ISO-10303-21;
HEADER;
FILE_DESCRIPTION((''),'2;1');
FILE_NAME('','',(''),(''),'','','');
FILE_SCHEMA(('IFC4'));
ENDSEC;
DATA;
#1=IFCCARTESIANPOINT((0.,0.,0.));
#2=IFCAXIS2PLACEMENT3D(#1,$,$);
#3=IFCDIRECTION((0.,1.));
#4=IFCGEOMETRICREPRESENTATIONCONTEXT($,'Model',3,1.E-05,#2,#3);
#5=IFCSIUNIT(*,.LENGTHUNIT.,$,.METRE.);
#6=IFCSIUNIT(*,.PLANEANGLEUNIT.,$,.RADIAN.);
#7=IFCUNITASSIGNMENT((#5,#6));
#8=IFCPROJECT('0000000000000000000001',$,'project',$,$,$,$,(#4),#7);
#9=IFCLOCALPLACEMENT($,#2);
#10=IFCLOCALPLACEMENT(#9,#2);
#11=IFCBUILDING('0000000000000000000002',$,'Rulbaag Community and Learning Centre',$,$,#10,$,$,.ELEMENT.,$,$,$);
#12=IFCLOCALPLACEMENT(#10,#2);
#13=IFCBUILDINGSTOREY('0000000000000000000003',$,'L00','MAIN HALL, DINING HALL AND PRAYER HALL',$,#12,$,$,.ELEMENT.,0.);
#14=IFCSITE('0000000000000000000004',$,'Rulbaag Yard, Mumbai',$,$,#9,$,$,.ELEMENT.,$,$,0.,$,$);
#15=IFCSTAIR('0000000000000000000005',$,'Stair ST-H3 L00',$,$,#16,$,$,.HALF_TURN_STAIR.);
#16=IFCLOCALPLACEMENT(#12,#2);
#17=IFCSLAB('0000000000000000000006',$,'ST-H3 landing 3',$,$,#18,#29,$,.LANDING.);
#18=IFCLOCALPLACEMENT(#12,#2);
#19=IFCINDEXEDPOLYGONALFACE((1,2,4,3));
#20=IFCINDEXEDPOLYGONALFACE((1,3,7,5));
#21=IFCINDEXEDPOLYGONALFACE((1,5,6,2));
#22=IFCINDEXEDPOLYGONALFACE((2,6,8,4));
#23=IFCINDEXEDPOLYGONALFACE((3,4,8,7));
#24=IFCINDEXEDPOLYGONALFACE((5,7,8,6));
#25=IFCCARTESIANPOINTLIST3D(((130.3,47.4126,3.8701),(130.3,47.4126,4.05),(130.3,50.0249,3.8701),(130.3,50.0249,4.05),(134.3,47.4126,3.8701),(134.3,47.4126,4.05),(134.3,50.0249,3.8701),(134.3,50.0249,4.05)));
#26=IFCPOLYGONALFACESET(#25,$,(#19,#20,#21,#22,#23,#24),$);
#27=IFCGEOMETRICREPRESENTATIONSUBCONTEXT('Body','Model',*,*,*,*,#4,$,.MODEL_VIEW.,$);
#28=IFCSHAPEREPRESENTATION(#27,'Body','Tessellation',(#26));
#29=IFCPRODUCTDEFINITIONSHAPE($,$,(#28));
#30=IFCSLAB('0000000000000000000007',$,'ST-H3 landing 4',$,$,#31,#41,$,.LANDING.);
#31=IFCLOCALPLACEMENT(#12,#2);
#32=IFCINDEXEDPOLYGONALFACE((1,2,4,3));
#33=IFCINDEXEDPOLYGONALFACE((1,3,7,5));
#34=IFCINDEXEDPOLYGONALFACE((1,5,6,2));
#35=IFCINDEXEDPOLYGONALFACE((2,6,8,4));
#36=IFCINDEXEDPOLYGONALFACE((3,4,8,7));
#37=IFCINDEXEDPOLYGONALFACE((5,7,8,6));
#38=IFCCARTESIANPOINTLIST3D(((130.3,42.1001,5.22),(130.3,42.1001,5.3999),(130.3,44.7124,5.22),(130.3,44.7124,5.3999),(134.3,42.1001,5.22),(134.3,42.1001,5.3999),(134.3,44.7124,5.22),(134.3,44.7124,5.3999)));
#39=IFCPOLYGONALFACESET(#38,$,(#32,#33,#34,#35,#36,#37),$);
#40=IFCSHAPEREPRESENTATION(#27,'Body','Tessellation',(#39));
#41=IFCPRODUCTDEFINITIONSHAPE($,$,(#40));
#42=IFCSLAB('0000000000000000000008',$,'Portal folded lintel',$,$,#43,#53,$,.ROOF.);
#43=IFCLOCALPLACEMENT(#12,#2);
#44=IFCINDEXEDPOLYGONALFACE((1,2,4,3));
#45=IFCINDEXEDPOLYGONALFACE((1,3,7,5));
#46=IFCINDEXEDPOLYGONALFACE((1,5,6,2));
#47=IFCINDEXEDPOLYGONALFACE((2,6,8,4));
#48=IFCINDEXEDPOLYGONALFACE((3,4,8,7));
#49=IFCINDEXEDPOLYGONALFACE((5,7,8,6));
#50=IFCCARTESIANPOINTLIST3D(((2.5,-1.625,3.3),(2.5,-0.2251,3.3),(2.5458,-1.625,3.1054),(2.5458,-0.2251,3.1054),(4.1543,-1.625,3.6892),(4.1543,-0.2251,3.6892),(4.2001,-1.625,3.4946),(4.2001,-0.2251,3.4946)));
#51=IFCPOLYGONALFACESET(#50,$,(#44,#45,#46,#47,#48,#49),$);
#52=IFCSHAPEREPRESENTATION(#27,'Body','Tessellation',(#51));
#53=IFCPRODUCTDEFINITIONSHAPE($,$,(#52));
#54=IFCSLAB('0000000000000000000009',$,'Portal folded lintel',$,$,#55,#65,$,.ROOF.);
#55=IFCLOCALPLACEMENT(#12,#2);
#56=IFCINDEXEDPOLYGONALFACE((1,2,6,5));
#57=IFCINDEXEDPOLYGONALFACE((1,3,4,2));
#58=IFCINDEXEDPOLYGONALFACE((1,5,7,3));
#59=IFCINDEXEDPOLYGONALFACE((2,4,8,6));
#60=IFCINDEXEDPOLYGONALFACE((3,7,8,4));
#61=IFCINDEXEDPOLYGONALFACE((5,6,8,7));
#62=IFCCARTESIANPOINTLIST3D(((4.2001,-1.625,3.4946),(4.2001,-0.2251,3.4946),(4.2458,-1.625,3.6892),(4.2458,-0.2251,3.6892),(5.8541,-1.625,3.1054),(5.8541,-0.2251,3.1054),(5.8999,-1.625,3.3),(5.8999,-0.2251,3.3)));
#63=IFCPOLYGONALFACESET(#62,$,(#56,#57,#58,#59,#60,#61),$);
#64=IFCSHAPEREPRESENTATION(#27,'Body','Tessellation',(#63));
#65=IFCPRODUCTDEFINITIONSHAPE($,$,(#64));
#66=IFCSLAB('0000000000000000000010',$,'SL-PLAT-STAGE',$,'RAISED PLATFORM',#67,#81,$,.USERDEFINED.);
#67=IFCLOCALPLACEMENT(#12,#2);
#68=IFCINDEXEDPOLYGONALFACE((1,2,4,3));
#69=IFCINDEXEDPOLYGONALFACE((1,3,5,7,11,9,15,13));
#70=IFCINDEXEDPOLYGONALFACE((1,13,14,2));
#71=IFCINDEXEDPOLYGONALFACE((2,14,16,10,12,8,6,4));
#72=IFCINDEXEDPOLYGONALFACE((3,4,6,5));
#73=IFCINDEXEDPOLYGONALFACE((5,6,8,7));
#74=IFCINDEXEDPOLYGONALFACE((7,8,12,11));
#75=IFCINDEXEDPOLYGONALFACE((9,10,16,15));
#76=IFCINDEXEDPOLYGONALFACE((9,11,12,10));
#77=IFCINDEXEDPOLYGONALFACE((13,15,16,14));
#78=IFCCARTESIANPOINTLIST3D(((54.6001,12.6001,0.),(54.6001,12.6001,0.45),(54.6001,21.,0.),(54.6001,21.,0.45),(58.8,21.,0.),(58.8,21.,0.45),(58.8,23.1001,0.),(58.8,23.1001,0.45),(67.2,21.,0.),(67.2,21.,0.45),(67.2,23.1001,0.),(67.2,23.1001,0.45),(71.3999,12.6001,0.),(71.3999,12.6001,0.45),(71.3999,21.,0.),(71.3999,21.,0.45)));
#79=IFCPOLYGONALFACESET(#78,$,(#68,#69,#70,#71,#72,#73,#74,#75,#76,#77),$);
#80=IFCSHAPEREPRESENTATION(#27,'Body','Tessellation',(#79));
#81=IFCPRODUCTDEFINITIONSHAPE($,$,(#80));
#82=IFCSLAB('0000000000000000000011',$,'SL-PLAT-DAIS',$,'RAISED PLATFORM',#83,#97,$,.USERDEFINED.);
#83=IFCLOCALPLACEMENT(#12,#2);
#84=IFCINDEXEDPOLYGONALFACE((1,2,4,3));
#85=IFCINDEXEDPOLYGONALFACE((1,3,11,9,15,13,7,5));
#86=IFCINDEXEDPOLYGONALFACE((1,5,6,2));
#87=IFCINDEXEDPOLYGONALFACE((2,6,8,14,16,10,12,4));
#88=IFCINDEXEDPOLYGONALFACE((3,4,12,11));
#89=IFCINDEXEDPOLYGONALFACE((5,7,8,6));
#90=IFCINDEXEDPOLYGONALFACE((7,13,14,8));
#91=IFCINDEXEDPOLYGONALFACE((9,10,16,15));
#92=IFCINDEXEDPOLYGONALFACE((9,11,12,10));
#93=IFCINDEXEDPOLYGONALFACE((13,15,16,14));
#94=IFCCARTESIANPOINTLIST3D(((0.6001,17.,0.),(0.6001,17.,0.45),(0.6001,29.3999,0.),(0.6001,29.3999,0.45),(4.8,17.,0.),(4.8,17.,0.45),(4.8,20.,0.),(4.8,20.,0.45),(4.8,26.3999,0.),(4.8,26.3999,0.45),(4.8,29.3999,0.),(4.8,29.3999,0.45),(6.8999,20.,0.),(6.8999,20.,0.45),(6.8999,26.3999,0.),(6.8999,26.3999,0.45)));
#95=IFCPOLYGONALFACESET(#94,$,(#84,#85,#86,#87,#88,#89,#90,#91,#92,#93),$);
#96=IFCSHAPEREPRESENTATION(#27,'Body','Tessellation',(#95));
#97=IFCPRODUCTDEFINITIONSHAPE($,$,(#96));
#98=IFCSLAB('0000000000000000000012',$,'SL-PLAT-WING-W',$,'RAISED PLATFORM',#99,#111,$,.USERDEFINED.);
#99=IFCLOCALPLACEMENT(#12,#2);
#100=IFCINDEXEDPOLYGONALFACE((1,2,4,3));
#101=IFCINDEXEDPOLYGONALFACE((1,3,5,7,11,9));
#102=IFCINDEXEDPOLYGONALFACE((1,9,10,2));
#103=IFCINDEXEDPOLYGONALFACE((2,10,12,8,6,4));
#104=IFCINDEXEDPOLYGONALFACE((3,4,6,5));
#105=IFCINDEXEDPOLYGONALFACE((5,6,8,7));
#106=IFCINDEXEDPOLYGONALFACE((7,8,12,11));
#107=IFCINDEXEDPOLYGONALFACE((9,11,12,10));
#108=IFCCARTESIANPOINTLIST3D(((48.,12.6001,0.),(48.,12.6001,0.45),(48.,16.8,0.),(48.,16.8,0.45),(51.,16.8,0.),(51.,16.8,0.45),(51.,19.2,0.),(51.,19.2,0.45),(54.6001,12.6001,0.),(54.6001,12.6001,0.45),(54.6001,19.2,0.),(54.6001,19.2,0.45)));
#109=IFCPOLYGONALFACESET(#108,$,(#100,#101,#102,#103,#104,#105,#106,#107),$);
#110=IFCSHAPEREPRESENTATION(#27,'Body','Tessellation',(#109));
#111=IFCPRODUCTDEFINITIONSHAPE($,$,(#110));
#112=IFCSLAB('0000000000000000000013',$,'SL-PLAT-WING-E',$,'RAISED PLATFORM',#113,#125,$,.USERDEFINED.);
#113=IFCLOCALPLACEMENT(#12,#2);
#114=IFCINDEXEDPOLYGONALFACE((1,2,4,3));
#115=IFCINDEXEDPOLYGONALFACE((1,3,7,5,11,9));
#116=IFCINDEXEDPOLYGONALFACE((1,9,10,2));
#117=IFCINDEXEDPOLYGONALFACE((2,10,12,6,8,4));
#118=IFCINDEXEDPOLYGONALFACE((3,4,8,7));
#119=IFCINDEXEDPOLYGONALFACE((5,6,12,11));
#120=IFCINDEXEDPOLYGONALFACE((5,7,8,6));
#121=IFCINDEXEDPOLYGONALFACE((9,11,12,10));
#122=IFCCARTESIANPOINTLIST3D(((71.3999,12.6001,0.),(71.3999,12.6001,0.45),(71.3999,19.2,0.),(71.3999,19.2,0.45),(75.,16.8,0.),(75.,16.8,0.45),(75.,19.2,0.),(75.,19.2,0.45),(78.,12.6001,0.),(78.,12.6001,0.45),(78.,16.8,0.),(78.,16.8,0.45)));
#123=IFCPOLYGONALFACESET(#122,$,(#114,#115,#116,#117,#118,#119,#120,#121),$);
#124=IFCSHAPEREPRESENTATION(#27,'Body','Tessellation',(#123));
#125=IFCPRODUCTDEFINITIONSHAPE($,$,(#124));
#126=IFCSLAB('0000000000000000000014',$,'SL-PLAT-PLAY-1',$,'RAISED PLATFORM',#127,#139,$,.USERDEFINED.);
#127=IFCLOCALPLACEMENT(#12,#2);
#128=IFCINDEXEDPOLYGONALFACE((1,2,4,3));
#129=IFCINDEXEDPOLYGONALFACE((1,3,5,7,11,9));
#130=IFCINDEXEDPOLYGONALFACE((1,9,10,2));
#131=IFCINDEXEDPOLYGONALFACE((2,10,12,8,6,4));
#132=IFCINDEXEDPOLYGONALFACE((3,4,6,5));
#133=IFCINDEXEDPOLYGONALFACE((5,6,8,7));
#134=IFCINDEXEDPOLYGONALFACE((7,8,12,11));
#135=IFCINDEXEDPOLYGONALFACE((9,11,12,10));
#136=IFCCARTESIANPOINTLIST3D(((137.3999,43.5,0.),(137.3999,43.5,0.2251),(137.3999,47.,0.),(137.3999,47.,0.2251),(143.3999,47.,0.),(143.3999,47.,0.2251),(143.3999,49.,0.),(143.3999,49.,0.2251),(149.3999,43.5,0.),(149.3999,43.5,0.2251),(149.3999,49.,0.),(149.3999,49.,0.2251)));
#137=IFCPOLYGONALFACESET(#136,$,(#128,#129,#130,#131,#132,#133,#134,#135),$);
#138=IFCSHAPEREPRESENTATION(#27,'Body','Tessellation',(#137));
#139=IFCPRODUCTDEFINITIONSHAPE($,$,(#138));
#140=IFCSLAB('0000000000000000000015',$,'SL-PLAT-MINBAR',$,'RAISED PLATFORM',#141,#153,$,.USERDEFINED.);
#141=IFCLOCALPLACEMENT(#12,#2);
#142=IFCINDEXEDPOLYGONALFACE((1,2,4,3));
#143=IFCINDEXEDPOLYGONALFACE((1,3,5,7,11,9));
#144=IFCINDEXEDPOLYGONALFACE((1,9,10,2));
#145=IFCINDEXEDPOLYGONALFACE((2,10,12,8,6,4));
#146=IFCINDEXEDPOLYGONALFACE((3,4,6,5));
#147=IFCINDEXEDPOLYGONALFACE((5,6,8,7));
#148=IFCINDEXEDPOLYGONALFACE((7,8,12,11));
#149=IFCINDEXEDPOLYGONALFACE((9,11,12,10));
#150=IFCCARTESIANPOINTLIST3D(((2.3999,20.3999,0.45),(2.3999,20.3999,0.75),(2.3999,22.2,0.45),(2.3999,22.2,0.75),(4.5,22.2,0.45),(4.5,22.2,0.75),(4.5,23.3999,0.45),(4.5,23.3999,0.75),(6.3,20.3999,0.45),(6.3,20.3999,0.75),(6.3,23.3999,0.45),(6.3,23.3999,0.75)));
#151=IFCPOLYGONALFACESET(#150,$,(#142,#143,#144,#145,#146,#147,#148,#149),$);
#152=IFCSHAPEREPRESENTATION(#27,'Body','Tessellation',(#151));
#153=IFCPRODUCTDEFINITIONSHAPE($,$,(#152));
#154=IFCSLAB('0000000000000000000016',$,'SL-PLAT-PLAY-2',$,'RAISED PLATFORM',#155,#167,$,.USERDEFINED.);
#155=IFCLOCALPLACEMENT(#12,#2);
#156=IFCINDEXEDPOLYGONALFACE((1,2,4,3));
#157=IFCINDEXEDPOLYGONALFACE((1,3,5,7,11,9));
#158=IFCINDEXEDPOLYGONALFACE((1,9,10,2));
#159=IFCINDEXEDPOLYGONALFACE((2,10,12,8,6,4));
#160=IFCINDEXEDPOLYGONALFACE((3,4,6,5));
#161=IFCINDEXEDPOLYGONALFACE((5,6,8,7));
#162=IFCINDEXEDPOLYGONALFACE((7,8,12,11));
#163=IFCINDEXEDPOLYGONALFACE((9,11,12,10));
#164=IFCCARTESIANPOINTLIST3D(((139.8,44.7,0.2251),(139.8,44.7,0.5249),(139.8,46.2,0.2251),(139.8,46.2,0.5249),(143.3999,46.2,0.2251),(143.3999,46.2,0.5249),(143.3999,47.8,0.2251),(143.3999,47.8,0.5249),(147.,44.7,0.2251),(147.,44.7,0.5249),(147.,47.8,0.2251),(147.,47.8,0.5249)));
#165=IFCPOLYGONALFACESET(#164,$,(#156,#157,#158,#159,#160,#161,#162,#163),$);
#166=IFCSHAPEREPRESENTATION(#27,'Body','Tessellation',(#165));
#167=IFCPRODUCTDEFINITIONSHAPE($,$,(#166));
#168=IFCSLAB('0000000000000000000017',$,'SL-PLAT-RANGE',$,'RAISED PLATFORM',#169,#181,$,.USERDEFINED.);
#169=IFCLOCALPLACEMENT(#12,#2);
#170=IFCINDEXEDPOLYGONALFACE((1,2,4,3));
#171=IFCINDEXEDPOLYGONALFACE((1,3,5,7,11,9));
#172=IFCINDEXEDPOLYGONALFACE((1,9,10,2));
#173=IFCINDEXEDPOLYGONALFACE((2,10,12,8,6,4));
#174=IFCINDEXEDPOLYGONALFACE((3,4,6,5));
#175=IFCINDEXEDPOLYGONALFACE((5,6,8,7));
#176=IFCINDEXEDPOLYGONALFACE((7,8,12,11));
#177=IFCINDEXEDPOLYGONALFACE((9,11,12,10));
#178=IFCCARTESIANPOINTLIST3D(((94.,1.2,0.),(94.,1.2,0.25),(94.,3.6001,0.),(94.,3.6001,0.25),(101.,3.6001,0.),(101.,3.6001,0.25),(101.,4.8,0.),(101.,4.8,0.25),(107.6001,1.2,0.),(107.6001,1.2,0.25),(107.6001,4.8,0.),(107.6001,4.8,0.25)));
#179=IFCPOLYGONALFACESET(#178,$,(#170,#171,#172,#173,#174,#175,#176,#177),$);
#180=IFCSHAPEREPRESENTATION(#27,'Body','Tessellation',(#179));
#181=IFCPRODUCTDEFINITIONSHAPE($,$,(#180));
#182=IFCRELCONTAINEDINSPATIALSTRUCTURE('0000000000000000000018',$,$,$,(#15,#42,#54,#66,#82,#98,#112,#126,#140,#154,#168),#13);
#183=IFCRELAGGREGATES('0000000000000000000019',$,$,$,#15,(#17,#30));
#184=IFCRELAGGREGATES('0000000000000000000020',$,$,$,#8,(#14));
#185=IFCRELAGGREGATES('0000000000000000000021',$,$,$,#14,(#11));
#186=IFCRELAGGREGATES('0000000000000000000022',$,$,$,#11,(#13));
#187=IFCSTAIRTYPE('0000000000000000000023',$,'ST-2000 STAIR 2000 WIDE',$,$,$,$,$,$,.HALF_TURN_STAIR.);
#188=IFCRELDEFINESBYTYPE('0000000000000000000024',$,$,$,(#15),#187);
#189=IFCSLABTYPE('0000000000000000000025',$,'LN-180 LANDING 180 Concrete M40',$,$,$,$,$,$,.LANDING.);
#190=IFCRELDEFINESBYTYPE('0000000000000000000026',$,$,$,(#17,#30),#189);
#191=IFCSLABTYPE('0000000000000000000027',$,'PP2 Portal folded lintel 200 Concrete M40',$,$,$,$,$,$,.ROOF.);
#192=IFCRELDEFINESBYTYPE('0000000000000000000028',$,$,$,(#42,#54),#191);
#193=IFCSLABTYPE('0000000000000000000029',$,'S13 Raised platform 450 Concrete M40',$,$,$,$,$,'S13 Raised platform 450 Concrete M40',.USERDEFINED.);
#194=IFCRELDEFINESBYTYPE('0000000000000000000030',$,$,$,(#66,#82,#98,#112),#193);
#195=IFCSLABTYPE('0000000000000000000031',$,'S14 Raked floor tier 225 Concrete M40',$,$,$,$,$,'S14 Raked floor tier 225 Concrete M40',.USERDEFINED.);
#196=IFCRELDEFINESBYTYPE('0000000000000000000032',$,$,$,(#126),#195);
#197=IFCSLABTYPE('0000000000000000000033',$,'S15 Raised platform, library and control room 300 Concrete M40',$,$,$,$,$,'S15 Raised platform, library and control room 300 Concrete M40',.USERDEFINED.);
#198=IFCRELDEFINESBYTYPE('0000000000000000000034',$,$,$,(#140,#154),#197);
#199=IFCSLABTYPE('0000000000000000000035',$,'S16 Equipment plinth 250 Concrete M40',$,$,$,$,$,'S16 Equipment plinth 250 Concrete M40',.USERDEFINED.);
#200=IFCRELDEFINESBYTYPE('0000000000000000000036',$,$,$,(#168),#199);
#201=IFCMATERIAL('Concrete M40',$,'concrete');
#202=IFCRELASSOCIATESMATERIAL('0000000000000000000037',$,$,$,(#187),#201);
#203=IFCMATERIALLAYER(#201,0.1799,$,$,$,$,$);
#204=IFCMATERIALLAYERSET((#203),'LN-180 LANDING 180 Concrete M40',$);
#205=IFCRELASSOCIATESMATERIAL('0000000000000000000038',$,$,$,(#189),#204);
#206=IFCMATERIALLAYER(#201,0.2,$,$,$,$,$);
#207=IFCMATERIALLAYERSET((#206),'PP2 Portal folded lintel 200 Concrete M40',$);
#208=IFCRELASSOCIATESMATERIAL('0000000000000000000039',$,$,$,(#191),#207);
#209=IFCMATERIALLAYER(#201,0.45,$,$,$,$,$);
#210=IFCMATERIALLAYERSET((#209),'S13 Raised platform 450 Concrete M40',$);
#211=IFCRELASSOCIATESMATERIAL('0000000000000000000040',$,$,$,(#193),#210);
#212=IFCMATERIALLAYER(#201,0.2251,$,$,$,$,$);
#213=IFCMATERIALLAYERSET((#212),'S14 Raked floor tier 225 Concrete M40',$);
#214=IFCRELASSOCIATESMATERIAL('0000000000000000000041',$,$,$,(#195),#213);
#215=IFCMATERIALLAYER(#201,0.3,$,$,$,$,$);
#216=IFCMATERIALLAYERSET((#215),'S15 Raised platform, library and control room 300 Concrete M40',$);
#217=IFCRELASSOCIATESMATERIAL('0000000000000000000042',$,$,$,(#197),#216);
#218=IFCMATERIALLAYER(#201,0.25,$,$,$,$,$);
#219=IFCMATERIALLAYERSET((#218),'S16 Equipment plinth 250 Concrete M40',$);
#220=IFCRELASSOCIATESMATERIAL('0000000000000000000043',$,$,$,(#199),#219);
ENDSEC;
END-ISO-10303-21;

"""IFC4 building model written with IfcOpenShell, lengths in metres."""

from ifc_helpers import new_model, si_unit, direction, frame, origin, place, context, subcontext, project, spatial, polyline, outline, extrude, material, layer, layer_set, type_object, element, aggregate, save


model = new_model("IFC4")

# Units and contexts
model_context = context("Model", 3, precision=1e-05, world=origin(), true_north=direction((0.0, 1.0)))
body_context = subcontext(model_context, "Body", "Model", "MODEL_VIEW")
ifc_project = project(units=[si_unit("LENGTHUNIT", "METRE"), si_unit("PLANEANGLEUNIT", "RADIAN")], contexts=[model_context])

# Site, building, storey
site_placement = place(None, origin())
site = spatial("IfcSite", under=ifc_project, at=site_placement, Name="Rulbaag Yard, Mumbai", CompositionType="ELEMENT", RefElevation=0.0)
building_placement = place(site_placement, origin())
building = spatial("IfcBuilding", under=site, at=building_placement, Name="Rulbaag Community and Learning Centre", CompositionType="ELEMENT")
storey_placement = place(building_placement, origin())
storey = spatial("IfcBuildingStorey", under=building, at=storey_placement, Name="L00", Description="MAIN HALL, DINING HALL AND PRAYER HALL", CompositionType="ELEMENT", Elevation=0.0)

# Shared definitions
ifc_material = material(Name="Concrete M40", Category="concrete")

# Stair, slabs
stair_type = type_object("IfcStairType", Name="ST-2000 STAIR 2000 WIDE", PredefinedType="HALF_TURN_STAIR", material=ifc_material)
ifc_layer_1 = layer(ifc_material, 0.1799)
ifc_layer_set_1 = layer_set([ifc_layer_1], Name="LN-180 LANDING 180 Concrete M40")
slab_type_1 = type_object("IfcSlabType", Name="LN-180 LANDING 180 Concrete M40", PredefinedType="LANDING", material=ifc_layer_set_1)
stair_1_placement = place(storey_placement, origin())
stair_1 = element("IfcStair", 1, at=stair_1_placement, inside=storey, type_object=stair_type, Name="Stair ST-H3 L00", PredefinedType="HALF_TURN_STAIR")
slab_1_placement = place(storey_placement, frame((0.0, 0.0, 3.8701)))
slab_1 = element("IfcSlab", 2, at=slab_1_placement, type_object=slab_type_1, Name="ST-H3 landing 3", PredefinedType="LANDING", context=body_context, shape_type="SweptSolid", body=[
    extrude(outline(polyline([(130.3, 47.4126), (130.3, 50.0249), (134.3, 50.0249), (134.3, 47.4126), (130.3, 47.4126)])), origin(), (0.0, 0.0, 1.0), 0.1799),
])
slab_2_placement = place(storey_placement, frame((0.0, 0.0, 5.22)))
slab_2 = element("IfcSlab", 3, at=slab_2_placement, type_object=slab_type_1, Name="ST-H3 landing 4", PredefinedType="LANDING", context=body_context, shape_type="SweptSolid", body=[
    extrude(outline(polyline([(130.3, 42.1001), (130.3, 44.7124), (134.3, 44.7124), (134.3, 42.1001), (130.3, 42.1001)])), origin(), (0.0, 0.0, 1.0), 0.1799),
])
aggregate(stair_1, [slab_1, slab_2])

# Slabs
ifc_layer_2 = layer(ifc_material, 0.2)
ifc_layer_set_2 = layer_set([ifc_layer_2], Name="PP2 Portal folded lintel 200 Concrete M40")
slab_type_2 = type_object("IfcSlabType", Name="PP2 Portal folded lintel 200 Concrete M40", PredefinedType="ROOF", material=ifc_layer_set_2)
slab_3_placement = place(storey_placement, frame((2.5, -0.2251, 3.3), z_axis=(-0.228991, 0.0, 0.973428), x_axis=(0.973428, 0.0, 0.228991)))
element("IfcSlab", 4, at=slab_3_placement, inside=storey, type_object=slab_type_2, Name="Portal folded lintel", PredefinedType="ROOF", context=body_context, shape_type="SweptSolid", body=[
    extrude(outline(polyline([(0.0, 0.0), (1.6995, 0.0), (1.6995, -1.3999), (0.0, -1.3999), (0.0, 0.0)])), origin(), (0.0, 0.0, -1.0), 0.2),
])
slab_4_placement = place(storey_placement, frame((4.2458, -0.2251, 3.6892), z_axis=(0.229023, 0.0, 0.973421), x_axis=(0.973421, 0.0, -0.229023)))
element("IfcSlab", 5, at=slab_4_placement, inside=storey, type_object=slab_type_2, Name="Portal folded lintel", PredefinedType="ROOF", context=body_context, shape_type="SweptSolid", body=[
    extrude(outline(polyline([(0.0, 0.0), (1.6992, 0.0), (1.6992, -1.3999), (0.0, -1.3999), (0.0, 0.0)])), origin(), (0.0, 0.0, -1.0), 0.2),
])
ifc_layer_3 = layer(ifc_material, 0.45)
ifc_layer_set_3 = layer_set([ifc_layer_3], Name="S13 Raised platform 450 Concrete M40")
slab_type_3 = type_object("IfcSlabType", Name="S13 Raised platform 450 Concrete M40", ElementType="S13 Raised platform 450 Concrete M40", PredefinedType="USERDEFINED", material=ifc_layer_set_3)
slab_5_placement = place(storey_placement, origin())
element("IfcSlab", 6, at=slab_5_placement, inside=storey, type_object=slab_type_3, Name="SL-PLAT-STAGE", ObjectType="RAISED PLATFORM", PredefinedType="USERDEFINED", context=body_context, shape_type="SweptSolid", body=[
    extrude(outline(polyline([(54.6001, 12.6001), (71.3999, 12.6001), (71.3999, 21.0), (67.2, 21.0), (67.2, 23.1001), (58.8, 23.1001), (58.8, 21.0), (54.6001, 21.0), (54.6001, 12.6001)])), origin(), (0.0, 0.0, 1.0), 0.45),
])
slab_6_placement = place(storey_placement, origin())
element("IfcSlab", 7, at=slab_6_placement, inside=storey, type_object=slab_type_3, Name="SL-PLAT-DAIS", ObjectType="RAISED PLATFORM", PredefinedType="USERDEFINED", context=body_context, shape_type="SweptSolid", body=[
    extrude(outline(polyline([(0.6001, 17.0), (4.8, 17.0), (4.8, 20.0), (6.8999, 20.0), (6.8999, 26.3999), (4.8, 26.3999), (4.8, 29.3999), (0.6001, 29.3999), (0.6001, 17.0)])), origin(), (0.0, 0.0, 1.0), 0.45),
])
slab_7_placement = place(storey_placement, origin())
element("IfcSlab", 8, at=slab_7_placement, inside=storey, type_object=slab_type_3, Name="SL-PLAT-WING-W", ObjectType="RAISED PLATFORM", PredefinedType="USERDEFINED", context=body_context, shape_type="SweptSolid", body=[
    extrude(outline(polyline([(48.0, 12.6001), (54.6001, 12.6001), (54.6001, 19.2), (51.0, 19.2), (51.0, 16.8), (48.0, 16.8), (48.0, 12.6001)])), origin(), (0.0, 0.0, 1.0), 0.45),
])
slab_8_placement = place(storey_placement, origin())
element("IfcSlab", 9, at=slab_8_placement, inside=storey, type_object=slab_type_3, Name="SL-PLAT-WING-E", ObjectType="RAISED PLATFORM", PredefinedType="USERDEFINED", context=body_context, shape_type="SweptSolid", body=[
    extrude(outline(polyline([(71.3999, 12.6001), (78.0, 12.6001), (78.0, 16.8), (75.0, 16.8), (75.0, 19.2), (71.3999, 19.2), (71.3999, 12.6001)])), origin(), (0.0, 0.0, 1.0), 0.45),
])
ifc_layer_4 = layer(ifc_material, 0.2251)
ifc_layer_set_4 = layer_set([ifc_layer_4], Name="S14 Raked floor tier 225 Concrete M40")
slab_type_4 = type_object("IfcSlabType", Name="S14 Raked floor tier 225 Concrete M40", ElementType="S14 Raked floor tier 225 Concrete M40", PredefinedType="USERDEFINED", material=ifc_layer_set_4)
slab_9_placement = place(storey_placement, origin())
element("IfcSlab", 10, at=slab_9_placement, inside=storey, type_object=slab_type_4, Name="SL-PLAT-PLAY-1", ObjectType="RAISED PLATFORM", PredefinedType="USERDEFINED", context=body_context, shape_type="SweptSolid", body=[
    extrude(outline(polyline([(137.3999, 43.5), (149.3999, 43.5), (149.3999, 49.0), (143.3999, 49.0), (143.3999, 47.0), (137.3999, 47.0), (137.3999, 43.5)])), origin(), (0.0, 0.0, 1.0), 0.2251),
])
ifc_layer_5 = layer(ifc_material, 0.3)
ifc_layer_set_5 = layer_set([ifc_layer_5], Name="S15 Raised platform, library and control room 300 Concrete M40")
slab_type_5 = type_object("IfcSlabType", Name="S15 Raised platform, library and control room 300 Concrete M40", ElementType="S15 Raised platform, library and control room 300 Concrete M40", PredefinedType="USERDEFINED", material=ifc_layer_set_5)
slab_10_placement = place(storey_placement, frame((0.0, 0.0, 0.45)))
element("IfcSlab", 11, at=slab_10_placement, inside=storey, type_object=slab_type_5, Name="SL-PLAT-MINBAR", ObjectType="RAISED PLATFORM", PredefinedType="USERDEFINED", context=body_context, shape_type="SweptSolid", body=[
    extrude(outline(polyline([(2.3999, 20.3999), (6.3, 20.3999), (6.3, 23.3999), (4.5, 23.3999), (4.5, 22.2), (2.3999, 22.2), (2.3999, 20.3999)])), origin(), (0.0, 0.0, 1.0), 0.3),
])
slab_11_placement = place(storey_placement, frame((0.0, 0.0, 0.2251)))
element("IfcSlab", 12, at=slab_11_placement, inside=storey, type_object=slab_type_5, Name="SL-PLAT-PLAY-2", ObjectType="RAISED PLATFORM", PredefinedType="USERDEFINED", context=body_context, shape_type="SweptSolid", body=[
    extrude(outline(polyline([(139.8, 44.7), (147.0, 44.7), (147.0, 47.8), (143.3999, 47.8), (143.3999, 46.2), (139.8, 46.2), (139.8, 44.7)])), origin(), (0.0, 0.0, 1.0), 0.2998),
])
ifc_layer_6 = layer(ifc_material, 0.25)
ifc_layer_set_6 = layer_set([ifc_layer_6], Name="S16 Equipment plinth 250 Concrete M40")
slab_type_6 = type_object("IfcSlabType", Name="S16 Equipment plinth 250 Concrete M40", ElementType="S16 Equipment plinth 250 Concrete M40", PredefinedType="USERDEFINED", material=ifc_layer_set_6)
slab_12_placement = place(storey_placement, origin())
element("IfcSlab", 13, at=slab_12_placement, inside=storey, type_object=slab_type_6, Name="SL-PLAT-RANGE", ObjectType="RAISED PLATFORM", PredefinedType="USERDEFINED", context=body_context, shape_type="SweptSolid", body=[
    extrude(outline(polyline([(94.0, 1.2), (107.6001, 1.2), (107.6001, 4.8), (101.0, 4.8), (101.0, 3.6001), (94.0, 3.6001), (94.0, 1.2)])), origin(), (0.0, 0.0, 1.0), 0.25),
])

save(model, "model.ifc")
